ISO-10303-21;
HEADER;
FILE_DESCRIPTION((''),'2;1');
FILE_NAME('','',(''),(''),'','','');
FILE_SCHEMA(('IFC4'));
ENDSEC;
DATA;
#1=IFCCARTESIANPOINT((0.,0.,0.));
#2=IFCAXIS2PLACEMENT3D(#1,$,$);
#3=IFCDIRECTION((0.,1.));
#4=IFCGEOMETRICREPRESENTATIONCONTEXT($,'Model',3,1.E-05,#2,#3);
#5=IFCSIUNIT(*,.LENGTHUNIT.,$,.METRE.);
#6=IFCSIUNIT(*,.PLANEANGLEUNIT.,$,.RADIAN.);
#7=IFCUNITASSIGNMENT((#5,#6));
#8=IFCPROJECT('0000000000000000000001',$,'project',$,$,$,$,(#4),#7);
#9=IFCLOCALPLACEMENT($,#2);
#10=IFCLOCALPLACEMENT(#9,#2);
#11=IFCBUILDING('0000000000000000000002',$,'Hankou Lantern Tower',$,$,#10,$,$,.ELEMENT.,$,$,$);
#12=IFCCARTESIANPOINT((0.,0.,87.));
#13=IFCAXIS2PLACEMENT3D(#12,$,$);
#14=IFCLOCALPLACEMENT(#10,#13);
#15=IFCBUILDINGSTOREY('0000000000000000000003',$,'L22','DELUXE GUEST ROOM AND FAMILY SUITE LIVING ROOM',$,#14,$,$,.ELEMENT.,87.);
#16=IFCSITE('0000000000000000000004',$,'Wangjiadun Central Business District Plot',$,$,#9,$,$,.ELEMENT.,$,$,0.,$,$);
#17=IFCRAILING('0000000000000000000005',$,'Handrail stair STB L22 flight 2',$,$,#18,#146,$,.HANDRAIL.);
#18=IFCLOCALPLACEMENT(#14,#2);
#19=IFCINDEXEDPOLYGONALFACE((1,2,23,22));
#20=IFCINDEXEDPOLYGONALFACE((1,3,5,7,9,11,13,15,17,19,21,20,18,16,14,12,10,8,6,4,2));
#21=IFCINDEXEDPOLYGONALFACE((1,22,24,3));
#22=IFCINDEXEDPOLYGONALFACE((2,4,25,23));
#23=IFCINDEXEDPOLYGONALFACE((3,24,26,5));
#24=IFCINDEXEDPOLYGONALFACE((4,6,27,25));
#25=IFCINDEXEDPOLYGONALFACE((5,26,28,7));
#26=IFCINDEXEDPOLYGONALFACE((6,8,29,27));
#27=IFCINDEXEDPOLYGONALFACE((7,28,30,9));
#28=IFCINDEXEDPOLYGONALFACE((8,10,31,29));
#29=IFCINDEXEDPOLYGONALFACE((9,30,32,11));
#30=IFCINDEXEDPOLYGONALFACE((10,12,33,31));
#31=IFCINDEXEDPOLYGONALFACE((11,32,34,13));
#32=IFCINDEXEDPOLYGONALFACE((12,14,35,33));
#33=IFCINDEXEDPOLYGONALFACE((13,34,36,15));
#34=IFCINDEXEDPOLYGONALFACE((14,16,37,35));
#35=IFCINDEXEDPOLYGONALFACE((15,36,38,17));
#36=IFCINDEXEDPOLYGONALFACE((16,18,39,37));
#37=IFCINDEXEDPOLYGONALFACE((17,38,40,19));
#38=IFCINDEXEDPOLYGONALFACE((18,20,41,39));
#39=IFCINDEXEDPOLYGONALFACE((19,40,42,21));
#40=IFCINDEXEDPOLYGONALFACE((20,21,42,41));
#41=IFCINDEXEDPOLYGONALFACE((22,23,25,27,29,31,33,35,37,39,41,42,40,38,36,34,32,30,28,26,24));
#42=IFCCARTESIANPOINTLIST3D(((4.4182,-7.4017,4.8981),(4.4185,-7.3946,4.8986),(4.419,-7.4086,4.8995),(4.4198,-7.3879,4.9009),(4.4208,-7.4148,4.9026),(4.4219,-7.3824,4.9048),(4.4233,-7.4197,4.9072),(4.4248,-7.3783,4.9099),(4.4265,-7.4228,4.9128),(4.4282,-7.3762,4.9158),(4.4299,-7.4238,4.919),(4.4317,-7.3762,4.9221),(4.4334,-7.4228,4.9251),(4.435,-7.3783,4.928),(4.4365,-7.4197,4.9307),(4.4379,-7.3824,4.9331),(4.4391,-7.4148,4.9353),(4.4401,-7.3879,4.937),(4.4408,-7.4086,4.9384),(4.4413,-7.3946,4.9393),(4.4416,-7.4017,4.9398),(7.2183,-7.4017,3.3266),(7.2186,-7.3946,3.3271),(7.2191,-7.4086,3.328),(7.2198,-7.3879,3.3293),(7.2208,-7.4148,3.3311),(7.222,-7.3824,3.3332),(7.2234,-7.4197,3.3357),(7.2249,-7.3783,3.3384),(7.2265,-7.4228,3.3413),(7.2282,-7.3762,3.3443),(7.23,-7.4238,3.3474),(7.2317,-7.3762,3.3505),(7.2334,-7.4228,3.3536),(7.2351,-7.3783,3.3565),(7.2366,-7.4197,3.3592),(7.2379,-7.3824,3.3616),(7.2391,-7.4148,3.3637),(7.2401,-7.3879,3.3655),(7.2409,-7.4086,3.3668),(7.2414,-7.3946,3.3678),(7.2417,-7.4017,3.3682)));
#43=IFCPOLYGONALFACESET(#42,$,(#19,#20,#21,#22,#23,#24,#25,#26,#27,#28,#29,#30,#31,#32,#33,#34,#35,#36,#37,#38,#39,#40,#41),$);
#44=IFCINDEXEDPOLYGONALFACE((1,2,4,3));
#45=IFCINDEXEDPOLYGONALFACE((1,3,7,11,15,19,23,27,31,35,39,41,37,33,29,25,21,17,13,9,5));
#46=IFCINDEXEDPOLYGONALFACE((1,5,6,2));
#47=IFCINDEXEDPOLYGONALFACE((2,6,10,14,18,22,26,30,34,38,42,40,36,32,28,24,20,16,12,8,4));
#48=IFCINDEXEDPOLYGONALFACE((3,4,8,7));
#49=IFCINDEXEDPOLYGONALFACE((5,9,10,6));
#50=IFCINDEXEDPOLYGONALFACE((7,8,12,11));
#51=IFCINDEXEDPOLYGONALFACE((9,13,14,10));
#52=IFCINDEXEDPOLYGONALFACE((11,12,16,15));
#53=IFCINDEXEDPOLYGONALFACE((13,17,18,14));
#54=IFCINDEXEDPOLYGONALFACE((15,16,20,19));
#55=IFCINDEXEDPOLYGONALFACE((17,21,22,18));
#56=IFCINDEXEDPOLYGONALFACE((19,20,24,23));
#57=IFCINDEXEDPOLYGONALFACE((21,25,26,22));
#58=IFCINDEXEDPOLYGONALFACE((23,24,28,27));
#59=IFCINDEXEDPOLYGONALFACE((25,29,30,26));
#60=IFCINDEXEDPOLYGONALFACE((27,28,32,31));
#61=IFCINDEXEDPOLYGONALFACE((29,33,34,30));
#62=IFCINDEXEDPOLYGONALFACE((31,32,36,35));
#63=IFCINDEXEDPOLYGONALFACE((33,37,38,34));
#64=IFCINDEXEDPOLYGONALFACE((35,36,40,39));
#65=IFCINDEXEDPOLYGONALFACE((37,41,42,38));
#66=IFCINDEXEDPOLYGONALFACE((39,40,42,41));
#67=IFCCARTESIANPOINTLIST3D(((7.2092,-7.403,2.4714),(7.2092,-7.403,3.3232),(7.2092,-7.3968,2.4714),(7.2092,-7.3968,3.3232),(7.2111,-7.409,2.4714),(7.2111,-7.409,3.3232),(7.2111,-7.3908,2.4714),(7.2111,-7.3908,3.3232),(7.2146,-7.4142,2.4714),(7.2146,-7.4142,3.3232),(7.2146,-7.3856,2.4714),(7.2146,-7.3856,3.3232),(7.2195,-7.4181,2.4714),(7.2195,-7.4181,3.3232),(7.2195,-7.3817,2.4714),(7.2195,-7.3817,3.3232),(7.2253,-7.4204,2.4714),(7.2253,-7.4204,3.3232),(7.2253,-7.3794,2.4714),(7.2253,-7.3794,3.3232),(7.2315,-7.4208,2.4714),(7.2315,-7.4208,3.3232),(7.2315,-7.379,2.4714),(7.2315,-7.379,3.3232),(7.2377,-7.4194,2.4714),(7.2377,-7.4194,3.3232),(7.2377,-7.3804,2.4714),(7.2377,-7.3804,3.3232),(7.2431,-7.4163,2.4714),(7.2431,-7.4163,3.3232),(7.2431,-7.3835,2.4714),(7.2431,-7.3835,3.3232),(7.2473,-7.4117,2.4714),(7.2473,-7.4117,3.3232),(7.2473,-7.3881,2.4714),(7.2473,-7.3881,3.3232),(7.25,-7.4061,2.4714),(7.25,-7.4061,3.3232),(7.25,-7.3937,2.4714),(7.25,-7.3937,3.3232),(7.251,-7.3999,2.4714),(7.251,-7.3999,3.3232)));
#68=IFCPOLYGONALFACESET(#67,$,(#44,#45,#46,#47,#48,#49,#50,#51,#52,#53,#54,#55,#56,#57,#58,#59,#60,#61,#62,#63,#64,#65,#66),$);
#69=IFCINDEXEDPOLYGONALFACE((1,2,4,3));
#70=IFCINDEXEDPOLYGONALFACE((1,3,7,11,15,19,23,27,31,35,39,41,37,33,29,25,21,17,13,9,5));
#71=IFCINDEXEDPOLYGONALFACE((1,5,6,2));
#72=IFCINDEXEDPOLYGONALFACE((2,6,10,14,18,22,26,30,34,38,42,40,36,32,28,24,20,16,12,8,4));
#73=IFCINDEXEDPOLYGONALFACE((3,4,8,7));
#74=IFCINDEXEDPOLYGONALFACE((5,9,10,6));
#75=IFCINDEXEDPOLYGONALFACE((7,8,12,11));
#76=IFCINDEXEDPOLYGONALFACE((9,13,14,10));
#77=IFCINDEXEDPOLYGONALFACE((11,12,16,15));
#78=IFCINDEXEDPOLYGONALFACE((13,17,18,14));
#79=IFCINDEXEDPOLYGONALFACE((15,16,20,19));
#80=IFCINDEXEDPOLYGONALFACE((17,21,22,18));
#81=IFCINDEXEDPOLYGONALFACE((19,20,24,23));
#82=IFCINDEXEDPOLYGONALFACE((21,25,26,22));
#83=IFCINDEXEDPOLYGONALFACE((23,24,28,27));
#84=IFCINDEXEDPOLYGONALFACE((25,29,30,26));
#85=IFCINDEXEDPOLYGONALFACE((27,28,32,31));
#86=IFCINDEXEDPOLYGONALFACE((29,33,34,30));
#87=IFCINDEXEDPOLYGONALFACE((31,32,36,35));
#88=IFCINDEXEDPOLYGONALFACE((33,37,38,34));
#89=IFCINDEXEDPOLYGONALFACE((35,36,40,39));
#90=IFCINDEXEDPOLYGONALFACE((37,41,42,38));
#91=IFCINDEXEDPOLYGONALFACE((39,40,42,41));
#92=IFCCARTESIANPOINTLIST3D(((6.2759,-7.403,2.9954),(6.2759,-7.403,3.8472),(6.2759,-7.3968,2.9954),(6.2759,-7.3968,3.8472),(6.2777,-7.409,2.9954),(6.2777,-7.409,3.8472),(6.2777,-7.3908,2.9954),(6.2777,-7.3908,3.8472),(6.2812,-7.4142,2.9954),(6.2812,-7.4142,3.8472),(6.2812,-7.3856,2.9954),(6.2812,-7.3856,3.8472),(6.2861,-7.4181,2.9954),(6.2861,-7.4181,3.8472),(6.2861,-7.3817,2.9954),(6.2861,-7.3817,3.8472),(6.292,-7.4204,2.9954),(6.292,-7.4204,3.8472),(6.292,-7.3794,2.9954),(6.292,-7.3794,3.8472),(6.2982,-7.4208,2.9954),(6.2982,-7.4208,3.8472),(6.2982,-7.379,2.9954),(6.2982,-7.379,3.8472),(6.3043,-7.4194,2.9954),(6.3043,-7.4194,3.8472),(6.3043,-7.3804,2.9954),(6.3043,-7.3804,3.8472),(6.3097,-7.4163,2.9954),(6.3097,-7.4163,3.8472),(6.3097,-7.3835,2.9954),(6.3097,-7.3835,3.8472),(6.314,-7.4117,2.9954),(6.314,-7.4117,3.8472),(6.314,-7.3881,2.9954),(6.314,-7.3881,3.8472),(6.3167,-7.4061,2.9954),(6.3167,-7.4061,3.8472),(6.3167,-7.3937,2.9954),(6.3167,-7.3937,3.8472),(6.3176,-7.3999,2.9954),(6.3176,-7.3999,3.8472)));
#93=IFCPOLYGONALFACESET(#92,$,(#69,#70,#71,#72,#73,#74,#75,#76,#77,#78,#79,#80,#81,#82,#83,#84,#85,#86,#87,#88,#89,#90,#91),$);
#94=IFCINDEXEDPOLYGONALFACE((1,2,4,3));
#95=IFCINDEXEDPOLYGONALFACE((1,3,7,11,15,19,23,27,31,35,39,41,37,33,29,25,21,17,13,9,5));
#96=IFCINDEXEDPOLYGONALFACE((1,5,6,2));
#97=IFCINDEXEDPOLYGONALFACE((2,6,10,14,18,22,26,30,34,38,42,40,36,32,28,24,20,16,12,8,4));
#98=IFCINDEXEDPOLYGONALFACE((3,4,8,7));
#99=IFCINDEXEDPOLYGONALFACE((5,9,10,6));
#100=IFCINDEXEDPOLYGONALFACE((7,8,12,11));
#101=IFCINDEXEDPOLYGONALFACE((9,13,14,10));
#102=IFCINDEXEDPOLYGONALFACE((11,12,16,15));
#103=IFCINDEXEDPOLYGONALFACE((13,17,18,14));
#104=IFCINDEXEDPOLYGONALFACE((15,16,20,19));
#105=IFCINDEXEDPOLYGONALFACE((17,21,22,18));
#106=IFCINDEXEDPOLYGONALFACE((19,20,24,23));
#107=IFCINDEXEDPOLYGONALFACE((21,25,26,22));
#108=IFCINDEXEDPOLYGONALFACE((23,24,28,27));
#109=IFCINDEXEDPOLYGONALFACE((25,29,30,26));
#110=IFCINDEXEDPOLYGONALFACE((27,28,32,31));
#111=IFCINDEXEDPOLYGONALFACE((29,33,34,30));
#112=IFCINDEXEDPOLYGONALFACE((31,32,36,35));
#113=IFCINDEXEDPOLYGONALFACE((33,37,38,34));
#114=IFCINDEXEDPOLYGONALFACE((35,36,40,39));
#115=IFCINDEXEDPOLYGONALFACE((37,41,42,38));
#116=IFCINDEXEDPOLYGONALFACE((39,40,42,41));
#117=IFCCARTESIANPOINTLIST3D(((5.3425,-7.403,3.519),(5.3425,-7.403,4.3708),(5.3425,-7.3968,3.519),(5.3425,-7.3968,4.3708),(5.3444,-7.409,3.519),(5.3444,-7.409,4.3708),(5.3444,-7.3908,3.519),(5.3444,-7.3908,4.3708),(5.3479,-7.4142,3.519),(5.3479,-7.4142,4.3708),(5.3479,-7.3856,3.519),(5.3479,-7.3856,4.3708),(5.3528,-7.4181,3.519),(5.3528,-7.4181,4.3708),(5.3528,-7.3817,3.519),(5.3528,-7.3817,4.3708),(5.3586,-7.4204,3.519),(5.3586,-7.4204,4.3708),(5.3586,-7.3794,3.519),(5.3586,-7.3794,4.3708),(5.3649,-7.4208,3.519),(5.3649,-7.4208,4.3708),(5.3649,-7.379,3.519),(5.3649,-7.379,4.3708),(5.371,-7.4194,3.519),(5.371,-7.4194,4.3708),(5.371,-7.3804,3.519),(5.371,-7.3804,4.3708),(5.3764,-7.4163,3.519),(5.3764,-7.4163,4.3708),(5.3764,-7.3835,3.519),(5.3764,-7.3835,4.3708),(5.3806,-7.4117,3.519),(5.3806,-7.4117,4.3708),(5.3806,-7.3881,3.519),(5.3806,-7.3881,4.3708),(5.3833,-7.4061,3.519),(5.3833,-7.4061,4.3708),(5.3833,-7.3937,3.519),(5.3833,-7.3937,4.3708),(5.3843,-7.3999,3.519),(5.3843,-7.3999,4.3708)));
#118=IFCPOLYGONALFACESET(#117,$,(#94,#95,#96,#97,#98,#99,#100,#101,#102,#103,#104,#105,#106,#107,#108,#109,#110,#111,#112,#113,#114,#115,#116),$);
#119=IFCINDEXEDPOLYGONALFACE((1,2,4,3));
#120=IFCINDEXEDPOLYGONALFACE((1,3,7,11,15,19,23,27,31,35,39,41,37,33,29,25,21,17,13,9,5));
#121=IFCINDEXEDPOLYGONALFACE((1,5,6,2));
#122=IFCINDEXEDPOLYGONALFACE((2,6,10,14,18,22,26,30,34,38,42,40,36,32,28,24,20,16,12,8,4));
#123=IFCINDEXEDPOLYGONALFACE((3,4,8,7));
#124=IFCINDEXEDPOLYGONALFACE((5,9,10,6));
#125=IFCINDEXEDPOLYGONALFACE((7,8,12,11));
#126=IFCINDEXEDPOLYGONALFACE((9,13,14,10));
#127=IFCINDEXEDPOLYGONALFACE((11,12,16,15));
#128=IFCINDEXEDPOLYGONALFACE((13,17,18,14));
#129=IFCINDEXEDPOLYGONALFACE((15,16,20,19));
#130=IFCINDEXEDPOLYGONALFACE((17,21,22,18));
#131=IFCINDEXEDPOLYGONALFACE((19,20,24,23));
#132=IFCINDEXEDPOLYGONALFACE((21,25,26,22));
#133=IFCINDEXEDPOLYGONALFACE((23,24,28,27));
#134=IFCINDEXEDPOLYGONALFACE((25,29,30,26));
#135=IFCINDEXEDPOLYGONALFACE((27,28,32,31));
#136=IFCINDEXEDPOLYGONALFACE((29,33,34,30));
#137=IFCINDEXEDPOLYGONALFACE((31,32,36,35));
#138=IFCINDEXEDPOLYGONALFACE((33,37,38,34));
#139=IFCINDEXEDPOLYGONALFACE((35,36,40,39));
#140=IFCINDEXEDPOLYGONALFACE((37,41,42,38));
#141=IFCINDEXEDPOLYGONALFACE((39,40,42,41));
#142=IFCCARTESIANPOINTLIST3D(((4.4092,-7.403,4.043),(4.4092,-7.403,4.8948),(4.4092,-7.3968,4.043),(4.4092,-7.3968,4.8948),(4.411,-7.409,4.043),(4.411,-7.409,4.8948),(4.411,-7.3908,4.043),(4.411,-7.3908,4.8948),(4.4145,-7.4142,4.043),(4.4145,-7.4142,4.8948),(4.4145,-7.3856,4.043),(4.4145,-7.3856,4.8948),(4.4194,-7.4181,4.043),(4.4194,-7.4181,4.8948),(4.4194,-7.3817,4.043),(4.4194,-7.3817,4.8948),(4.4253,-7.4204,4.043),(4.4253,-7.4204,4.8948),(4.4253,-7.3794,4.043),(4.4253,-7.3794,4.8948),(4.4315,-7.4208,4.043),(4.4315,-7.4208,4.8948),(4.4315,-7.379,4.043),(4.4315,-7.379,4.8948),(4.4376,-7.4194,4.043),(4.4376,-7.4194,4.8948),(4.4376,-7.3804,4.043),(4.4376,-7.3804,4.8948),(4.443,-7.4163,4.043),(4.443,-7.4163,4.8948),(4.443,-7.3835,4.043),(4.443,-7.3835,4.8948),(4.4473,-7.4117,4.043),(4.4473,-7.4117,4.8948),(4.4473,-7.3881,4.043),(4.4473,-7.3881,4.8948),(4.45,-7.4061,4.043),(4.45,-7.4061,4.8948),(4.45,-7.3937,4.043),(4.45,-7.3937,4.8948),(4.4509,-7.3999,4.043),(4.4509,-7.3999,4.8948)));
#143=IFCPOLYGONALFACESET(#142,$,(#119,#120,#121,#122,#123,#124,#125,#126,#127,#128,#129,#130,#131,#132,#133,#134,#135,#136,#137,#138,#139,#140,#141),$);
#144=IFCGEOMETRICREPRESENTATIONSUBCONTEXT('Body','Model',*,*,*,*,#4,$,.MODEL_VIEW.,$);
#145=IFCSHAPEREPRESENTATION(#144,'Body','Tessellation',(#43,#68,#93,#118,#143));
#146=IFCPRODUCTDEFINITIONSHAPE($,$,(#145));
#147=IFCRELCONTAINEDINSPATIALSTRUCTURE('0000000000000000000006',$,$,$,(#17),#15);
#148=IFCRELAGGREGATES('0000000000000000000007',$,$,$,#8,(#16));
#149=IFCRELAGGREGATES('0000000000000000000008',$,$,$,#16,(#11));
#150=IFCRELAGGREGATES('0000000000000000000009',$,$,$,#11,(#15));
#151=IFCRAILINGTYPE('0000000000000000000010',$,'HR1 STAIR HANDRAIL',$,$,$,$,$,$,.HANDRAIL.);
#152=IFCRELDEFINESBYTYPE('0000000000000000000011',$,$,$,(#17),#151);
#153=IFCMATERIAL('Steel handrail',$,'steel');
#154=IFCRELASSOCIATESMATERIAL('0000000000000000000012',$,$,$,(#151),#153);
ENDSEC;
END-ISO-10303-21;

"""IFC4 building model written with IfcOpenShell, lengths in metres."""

from ifc_helpers import new_model, si_unit, direction, frame, origin, origin_2d, place, context, subcontext, project, spatial, circle, extrude, material, type_object, element, save


model = new_model("IFC4")

# Units and contexts
model_context = context("Model", 3, precision=1e-05, world=origin(), true_north=direction((0.0, 1.0)))
body_context = subcontext(model_context, "Body", "Model", "MODEL_VIEW")
ifc_project = project(units=[si_unit("LENGTHUNIT", "METRE"), si_unit("PLANEANGLEUNIT", "RADIAN")], contexts=[model_context])

# Site, building, storey
site_placement = place(None, origin())
site = spatial("IfcSite", under=ifc_project, at=site_placement, Name="Wangjiadun Central Business District Plot", CompositionType="ELEMENT", RefElevation=0.0)
building_placement = place(site_placement, origin())
building = spatial("IfcBuilding", under=site, at=building_placement, Name="Hankou Lantern Tower", CompositionType="ELEMENT")
storey_placement = place(building_placement, frame((0.0, 0.0, 87.0)))
storey = spatial("IfcBuildingStorey", under=building, at=storey_placement, Name="L22", Description="DELUXE GUEST ROOM AND FAMILY SUITE LIVING ROOM", CompositionType="ELEMENT", Elevation=87.0)

# Railing
ifc_material_1 = material(Name="Steel handrail", Category="steel")
railing_type = type_object("IfcRailingType", Name="HR1 STAIR HANDRAIL", PredefinedType="HANDRAIL", material=ifc_material_1)
railing_1_placement = place(storey_placement, frame((7.23, -7.3999, 2.4714)))
element("IfcRailing", 1, at=railing_1_placement, inside=storey, type_object=railing_type, Name="Handrail stair STB L22 flight 2", PredefinedType="HANDRAIL", context=body_context, shape_type="SweptSolid", body=[
    extrude(circle(Radius=0.0239, at=origin_2d()), frame((0.0, 0.0, 0.876), z_axis=(-0.87204, 0.0, 0.489434), x_axis=(0.0, -1.0, 0.0)), (0.0, 0.0, 1.0), 3.2109),
    extrude(circle(Radius=0.021, at=origin_2d()), origin(), (0.0, 0.0, 1.0), 0.8518),
    extrude(circle(Radius=0.021, at=origin_2d()), frame((-0.9333, 0.0, 0.5239)), (0.0, 0.0, 1.0), 0.8518),
    extrude(circle(Radius=0.021, at=origin_2d()), frame((-1.8667, 0.0, 1.0476)), (0.0, 0.0, 1.0), 0.8518),
    extrude(circle(Radius=0.021, at=origin_2d()), frame((-2.8, 0.0, 1.5715)), (0.0, 0.0, 1.0), 0.8518),
])

save(model, "model.ifc")
